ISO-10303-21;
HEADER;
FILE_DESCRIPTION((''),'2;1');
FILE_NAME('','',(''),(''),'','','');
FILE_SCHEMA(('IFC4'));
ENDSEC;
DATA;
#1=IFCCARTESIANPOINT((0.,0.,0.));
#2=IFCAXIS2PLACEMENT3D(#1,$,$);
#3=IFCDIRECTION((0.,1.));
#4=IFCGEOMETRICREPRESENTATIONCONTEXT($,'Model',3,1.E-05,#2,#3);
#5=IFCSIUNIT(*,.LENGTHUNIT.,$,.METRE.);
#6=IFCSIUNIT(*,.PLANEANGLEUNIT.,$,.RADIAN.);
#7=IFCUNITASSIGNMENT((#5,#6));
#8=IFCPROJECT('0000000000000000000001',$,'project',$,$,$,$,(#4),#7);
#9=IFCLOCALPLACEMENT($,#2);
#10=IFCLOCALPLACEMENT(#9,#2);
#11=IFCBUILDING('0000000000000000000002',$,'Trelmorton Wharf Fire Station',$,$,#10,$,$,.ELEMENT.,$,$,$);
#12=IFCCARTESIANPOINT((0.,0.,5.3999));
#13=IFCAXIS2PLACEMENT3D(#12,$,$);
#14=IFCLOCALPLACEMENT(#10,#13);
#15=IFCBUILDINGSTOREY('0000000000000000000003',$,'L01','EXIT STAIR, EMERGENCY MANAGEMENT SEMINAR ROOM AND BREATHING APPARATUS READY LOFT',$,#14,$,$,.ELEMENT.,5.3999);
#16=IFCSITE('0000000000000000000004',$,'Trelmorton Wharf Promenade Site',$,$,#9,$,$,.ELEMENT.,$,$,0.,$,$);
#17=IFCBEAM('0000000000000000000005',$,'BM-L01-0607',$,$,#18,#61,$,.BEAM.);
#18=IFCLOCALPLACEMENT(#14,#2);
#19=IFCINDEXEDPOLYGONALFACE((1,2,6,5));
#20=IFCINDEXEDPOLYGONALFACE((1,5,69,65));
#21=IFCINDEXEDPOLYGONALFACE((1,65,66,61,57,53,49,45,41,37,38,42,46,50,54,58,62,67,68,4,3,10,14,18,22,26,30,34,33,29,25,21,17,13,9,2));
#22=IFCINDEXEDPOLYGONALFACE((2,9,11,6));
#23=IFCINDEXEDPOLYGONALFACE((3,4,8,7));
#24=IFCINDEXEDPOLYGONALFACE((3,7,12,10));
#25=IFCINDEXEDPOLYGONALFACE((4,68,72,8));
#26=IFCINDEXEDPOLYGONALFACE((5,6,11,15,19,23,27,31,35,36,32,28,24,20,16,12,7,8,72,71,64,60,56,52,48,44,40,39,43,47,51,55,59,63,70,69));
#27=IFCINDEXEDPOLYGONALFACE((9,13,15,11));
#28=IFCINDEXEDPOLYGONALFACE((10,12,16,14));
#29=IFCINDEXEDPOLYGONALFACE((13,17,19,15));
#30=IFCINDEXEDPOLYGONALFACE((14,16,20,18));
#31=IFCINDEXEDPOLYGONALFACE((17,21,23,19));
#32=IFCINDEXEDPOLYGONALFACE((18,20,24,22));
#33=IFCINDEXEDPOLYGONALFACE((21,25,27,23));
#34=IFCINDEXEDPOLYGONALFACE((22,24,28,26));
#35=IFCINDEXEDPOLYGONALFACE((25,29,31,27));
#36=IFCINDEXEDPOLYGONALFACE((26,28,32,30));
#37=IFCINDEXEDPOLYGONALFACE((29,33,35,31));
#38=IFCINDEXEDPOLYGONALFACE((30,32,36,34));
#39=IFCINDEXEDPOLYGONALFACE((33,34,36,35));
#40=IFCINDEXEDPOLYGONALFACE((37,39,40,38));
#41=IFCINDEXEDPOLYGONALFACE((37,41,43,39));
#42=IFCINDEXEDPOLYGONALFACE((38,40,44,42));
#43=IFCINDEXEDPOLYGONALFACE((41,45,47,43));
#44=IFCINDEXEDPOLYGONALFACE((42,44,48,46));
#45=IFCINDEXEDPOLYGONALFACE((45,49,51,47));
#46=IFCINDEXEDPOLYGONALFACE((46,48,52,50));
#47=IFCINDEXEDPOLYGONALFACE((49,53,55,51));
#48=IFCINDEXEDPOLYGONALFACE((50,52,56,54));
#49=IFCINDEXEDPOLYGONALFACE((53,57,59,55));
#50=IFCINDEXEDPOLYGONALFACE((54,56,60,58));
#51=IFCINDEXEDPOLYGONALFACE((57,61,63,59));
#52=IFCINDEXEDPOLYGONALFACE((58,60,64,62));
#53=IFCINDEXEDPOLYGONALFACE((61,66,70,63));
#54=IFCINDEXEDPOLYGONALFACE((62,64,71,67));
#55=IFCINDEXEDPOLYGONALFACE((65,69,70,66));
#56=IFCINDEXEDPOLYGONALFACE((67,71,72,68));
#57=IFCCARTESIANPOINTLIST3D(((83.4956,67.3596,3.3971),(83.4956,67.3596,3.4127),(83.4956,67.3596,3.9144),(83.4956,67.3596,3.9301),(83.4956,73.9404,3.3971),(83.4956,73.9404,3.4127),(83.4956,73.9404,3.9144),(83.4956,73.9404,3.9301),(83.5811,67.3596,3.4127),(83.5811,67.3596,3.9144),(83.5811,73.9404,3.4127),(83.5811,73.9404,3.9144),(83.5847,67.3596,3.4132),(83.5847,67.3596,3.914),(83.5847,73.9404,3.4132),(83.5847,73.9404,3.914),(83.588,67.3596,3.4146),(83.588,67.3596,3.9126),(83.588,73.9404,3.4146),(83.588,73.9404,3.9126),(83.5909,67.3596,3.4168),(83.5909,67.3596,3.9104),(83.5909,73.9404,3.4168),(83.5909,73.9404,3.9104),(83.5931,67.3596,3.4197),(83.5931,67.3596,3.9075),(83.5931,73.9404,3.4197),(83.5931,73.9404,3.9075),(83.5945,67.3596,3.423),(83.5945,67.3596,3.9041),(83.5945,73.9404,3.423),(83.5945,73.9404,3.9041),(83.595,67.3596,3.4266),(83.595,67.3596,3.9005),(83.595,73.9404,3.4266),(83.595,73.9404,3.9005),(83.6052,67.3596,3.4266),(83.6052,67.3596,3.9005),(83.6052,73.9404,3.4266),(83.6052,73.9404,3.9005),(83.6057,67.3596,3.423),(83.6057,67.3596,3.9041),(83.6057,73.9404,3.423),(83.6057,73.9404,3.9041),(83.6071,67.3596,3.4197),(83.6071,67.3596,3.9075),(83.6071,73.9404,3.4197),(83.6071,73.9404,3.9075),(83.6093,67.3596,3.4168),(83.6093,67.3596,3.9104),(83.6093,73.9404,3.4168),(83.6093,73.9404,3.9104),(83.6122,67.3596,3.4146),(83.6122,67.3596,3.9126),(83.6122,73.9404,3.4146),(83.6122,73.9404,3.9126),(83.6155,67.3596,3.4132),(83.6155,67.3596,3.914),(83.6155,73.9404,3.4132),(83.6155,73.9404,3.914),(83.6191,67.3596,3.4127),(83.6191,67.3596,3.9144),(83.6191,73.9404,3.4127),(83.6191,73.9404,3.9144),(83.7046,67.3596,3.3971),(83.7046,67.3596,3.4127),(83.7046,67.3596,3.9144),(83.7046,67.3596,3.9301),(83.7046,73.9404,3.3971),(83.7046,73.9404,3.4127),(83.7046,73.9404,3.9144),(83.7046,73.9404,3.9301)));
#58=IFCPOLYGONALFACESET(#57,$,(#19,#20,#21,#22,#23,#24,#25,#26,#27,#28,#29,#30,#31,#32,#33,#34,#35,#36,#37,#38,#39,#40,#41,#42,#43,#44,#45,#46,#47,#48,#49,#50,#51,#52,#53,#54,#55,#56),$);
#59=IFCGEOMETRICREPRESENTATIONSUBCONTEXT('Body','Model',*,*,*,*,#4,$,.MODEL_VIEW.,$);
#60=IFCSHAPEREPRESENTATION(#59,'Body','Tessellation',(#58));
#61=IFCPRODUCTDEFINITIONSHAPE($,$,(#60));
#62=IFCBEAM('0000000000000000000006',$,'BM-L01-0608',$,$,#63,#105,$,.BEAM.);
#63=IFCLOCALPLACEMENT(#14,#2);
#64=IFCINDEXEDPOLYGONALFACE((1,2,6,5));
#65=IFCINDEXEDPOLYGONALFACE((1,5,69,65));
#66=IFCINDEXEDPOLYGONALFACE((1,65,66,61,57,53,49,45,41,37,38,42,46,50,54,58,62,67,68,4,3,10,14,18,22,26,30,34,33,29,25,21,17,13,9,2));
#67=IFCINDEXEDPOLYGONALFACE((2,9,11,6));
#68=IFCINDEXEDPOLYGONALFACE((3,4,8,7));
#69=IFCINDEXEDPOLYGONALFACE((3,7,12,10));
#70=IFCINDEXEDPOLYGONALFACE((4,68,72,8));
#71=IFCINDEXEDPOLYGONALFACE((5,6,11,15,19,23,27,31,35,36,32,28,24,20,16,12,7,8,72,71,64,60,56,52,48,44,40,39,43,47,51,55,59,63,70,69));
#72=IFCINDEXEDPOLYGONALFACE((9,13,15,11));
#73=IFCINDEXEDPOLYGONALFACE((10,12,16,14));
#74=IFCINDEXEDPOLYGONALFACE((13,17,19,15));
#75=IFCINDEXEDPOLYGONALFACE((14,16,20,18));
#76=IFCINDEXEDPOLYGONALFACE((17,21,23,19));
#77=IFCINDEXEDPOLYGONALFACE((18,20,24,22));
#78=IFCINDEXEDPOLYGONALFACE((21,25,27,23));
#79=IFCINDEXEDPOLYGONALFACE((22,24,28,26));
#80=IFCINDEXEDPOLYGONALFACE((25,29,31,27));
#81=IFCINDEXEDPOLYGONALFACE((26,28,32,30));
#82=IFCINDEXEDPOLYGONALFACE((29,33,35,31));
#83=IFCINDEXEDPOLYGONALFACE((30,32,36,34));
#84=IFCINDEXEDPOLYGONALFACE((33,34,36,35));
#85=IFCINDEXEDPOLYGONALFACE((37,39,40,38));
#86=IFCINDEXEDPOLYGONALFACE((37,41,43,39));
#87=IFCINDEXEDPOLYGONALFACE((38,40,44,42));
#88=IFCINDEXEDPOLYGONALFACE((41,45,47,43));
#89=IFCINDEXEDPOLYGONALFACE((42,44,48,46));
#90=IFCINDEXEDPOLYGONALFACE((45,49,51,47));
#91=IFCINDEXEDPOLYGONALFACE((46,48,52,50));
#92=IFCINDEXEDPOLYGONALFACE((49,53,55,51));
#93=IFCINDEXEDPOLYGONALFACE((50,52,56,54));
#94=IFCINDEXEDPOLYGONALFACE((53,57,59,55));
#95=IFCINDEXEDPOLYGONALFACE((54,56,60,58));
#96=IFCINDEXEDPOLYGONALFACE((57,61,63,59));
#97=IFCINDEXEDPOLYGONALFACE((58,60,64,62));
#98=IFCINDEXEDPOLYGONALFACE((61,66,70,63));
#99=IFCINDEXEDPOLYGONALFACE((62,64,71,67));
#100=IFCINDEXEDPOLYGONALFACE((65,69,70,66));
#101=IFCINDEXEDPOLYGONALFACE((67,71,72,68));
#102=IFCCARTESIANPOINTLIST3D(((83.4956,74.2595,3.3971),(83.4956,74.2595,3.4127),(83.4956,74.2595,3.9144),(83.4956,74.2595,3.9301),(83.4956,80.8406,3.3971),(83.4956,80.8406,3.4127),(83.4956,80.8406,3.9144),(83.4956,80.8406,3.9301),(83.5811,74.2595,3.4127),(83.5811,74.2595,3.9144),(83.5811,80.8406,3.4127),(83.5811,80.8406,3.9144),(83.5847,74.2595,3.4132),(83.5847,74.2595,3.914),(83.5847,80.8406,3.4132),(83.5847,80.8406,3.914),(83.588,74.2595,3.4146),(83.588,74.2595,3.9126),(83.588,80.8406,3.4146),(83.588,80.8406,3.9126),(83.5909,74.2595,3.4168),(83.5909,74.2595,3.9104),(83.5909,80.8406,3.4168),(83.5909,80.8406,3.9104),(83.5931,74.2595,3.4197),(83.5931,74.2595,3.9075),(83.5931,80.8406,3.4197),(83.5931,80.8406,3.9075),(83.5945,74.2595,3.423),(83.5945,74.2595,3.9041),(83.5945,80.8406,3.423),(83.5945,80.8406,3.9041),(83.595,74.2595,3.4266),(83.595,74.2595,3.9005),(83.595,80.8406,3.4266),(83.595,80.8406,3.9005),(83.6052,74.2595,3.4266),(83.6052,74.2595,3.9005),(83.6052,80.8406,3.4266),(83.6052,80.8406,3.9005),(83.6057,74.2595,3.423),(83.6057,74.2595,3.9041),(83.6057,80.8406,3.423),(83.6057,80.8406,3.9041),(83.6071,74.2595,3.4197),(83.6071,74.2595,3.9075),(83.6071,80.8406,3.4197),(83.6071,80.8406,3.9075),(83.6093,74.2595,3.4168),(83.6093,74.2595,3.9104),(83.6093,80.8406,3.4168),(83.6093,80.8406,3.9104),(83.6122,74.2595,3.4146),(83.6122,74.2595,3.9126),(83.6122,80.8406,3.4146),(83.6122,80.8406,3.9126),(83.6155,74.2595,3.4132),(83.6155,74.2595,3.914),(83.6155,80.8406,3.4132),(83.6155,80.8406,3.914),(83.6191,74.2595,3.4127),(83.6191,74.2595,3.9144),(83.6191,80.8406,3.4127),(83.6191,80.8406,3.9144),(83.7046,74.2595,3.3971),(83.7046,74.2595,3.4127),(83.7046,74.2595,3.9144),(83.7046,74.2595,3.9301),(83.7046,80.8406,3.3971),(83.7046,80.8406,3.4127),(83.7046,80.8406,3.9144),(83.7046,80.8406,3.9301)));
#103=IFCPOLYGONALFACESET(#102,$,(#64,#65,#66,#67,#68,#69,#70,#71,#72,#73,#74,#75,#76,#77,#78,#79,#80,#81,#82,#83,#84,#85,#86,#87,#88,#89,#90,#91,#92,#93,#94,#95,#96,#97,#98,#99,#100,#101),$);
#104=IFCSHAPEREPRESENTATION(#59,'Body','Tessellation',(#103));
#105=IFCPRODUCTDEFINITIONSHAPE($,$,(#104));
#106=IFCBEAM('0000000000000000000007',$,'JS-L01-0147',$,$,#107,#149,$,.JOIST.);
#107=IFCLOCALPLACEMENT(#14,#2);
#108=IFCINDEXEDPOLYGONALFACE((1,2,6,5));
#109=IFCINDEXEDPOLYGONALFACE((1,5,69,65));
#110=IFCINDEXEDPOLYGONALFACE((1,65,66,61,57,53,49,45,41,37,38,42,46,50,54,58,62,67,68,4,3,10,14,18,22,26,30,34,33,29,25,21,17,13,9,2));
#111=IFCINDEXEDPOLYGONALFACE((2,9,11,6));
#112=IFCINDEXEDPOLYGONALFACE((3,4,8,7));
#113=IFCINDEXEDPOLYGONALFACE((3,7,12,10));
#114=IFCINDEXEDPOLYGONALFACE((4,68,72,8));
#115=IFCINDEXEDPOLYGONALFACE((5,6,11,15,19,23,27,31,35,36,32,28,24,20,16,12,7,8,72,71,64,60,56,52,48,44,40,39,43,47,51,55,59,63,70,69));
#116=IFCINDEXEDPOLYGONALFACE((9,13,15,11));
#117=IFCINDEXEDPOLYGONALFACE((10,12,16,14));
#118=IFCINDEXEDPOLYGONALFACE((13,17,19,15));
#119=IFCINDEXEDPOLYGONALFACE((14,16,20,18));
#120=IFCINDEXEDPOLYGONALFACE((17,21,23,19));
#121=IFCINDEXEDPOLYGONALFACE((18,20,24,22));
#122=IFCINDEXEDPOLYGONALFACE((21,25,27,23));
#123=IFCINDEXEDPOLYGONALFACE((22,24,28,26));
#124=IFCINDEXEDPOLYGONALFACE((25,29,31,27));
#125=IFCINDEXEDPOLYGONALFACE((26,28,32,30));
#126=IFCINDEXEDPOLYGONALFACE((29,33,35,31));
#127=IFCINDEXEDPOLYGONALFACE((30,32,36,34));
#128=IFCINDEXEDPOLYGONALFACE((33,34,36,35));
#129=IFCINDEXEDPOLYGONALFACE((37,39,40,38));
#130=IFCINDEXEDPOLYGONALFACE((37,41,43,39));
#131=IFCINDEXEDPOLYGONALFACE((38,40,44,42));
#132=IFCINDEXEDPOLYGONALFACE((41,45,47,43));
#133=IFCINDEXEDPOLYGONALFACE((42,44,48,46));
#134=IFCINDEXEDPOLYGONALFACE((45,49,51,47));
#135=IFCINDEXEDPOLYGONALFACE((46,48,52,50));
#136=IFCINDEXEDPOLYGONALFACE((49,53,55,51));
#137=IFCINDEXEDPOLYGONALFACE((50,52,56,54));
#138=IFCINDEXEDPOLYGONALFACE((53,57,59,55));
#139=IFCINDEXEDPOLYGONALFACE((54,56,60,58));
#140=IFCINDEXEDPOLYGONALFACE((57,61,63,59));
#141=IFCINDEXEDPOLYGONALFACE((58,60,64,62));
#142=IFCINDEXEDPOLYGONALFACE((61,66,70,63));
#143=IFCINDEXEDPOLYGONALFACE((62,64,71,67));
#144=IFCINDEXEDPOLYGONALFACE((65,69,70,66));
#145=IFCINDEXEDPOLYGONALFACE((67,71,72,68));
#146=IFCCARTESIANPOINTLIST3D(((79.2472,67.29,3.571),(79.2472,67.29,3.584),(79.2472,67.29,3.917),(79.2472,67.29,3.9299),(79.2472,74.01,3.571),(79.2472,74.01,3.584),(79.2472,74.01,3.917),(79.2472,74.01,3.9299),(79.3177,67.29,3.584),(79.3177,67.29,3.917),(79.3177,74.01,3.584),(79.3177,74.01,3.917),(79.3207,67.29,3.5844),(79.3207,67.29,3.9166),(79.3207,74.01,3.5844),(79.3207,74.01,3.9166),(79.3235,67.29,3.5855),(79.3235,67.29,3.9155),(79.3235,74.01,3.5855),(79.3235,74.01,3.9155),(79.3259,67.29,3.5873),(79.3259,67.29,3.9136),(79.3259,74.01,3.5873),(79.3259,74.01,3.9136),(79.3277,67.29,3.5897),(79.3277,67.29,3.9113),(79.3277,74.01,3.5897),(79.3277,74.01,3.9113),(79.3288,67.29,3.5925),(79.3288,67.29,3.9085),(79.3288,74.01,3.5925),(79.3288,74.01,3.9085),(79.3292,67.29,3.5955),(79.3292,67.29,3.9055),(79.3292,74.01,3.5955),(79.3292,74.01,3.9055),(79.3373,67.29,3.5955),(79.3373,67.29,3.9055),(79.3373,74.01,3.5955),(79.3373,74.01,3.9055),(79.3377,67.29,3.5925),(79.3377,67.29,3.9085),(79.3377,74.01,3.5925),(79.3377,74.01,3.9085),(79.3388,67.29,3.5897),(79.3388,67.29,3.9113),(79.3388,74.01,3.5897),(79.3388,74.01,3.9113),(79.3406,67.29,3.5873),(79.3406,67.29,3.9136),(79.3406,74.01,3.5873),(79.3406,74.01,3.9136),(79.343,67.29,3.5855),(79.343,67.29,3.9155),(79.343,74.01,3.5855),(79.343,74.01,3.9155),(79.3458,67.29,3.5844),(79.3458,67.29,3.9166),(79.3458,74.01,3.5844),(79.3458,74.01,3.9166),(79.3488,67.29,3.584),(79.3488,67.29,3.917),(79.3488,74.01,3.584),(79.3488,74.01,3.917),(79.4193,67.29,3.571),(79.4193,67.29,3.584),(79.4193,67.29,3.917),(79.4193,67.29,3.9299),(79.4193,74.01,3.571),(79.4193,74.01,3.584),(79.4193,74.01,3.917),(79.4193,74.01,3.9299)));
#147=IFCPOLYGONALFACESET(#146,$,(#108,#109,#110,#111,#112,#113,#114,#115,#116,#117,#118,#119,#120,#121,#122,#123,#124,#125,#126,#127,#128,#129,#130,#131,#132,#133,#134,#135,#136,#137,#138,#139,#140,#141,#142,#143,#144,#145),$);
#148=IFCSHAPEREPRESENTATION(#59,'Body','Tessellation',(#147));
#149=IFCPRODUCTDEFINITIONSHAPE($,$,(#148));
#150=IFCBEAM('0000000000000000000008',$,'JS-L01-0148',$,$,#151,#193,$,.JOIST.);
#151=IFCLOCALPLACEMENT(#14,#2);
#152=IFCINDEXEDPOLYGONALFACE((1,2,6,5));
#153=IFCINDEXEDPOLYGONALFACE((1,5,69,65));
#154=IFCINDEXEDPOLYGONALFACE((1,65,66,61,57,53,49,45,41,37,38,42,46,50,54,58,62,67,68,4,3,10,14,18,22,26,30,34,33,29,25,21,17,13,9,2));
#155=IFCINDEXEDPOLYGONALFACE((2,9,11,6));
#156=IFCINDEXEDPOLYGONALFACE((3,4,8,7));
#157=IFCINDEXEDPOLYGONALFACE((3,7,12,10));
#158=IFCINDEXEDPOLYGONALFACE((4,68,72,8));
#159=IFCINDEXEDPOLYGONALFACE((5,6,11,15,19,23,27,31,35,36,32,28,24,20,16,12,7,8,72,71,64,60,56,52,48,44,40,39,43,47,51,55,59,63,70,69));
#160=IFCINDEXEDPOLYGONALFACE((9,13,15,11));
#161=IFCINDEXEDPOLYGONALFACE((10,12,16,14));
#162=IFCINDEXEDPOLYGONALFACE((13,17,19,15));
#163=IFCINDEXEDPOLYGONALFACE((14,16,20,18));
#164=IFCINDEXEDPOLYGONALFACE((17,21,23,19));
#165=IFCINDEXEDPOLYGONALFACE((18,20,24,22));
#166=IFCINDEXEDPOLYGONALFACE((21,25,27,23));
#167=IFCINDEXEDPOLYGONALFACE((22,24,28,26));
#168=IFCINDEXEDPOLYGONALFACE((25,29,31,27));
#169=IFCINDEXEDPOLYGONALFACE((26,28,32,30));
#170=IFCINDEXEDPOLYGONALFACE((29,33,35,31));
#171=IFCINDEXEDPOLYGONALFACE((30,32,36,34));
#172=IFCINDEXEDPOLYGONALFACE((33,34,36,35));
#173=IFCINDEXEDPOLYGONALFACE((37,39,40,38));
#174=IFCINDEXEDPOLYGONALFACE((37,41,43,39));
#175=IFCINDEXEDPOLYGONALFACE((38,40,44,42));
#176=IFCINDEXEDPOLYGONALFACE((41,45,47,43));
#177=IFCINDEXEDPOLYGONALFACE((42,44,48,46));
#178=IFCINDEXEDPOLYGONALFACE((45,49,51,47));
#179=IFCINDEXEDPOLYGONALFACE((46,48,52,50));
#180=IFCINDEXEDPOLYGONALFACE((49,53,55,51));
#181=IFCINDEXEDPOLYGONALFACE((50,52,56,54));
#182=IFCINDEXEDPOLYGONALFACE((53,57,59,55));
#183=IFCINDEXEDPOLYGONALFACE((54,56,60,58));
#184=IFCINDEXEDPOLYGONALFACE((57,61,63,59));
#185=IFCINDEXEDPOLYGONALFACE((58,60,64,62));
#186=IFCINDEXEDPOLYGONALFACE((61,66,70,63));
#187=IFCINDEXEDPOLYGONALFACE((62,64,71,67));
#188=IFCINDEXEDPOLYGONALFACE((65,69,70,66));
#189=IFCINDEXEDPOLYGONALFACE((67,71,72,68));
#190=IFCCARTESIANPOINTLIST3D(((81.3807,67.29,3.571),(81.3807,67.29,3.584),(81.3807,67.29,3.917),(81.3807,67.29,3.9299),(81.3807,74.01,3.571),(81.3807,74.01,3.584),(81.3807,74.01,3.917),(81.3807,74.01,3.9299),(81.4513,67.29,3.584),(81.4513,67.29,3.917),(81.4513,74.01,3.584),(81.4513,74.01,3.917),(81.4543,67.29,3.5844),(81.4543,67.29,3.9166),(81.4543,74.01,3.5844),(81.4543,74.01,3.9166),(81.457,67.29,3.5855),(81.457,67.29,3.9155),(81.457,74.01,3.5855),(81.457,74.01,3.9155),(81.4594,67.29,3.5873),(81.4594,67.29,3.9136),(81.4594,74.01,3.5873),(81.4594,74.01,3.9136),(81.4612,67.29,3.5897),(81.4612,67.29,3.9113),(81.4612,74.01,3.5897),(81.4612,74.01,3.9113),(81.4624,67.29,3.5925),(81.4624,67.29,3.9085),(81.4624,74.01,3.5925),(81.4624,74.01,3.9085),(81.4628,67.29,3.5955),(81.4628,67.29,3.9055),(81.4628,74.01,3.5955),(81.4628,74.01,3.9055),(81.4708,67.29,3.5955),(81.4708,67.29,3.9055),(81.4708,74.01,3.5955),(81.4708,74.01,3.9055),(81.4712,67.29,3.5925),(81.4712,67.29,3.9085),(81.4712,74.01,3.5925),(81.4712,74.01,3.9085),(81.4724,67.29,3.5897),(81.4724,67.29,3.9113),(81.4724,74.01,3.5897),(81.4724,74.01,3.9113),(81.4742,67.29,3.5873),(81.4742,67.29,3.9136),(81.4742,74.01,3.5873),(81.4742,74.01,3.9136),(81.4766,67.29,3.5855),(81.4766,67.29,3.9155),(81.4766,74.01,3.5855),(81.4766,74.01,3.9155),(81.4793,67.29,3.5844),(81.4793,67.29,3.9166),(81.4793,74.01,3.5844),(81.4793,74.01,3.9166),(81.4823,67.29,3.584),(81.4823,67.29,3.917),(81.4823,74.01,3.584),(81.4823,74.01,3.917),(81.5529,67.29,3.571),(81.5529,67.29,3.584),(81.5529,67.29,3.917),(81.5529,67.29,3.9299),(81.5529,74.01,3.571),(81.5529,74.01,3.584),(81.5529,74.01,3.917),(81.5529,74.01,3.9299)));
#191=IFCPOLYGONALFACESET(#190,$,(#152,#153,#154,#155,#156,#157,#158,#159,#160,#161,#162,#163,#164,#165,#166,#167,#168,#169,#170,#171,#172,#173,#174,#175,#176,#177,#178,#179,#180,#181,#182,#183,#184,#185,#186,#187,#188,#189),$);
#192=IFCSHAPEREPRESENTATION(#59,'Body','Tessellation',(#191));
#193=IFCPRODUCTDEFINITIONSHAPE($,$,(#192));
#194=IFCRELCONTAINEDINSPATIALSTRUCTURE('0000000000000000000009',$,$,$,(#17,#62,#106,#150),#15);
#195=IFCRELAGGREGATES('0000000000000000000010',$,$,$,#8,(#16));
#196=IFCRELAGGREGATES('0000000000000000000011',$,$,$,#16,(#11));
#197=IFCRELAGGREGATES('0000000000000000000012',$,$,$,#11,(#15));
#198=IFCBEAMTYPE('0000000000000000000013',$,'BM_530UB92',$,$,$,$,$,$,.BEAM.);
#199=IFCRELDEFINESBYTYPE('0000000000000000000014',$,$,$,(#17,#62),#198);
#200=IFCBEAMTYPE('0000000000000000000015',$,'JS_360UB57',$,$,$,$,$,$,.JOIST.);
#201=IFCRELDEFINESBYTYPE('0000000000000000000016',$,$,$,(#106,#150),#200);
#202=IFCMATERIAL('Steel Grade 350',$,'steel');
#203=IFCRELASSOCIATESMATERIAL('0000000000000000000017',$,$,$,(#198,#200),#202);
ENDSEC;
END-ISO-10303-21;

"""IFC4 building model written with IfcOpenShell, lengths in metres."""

from ifc_helpers import new_model, si_unit, direction, frame, origin, origin_2d, place, context, subcontext, project, spatial, i_section, extrude, material, material_profile, profile_set, type_object, element, save


model = new_model("IFC4")

# Units and contexts
model_context = context("Model", 3, precision=1e-05, world=origin(), true_north=direction((0.0, 1.0)))
body_context = subcontext(model_context, "Body", "Model", "MODEL_VIEW")
ifc_project = project(units=[si_unit("LENGTHUNIT", "METRE"), si_unit("PLANEANGLEUNIT", "RADIAN")], contexts=[model_context])

# Site, building, storey
site_placement = place(None, origin())
site = spatial("IfcSite", under=ifc_project, at=site_placement, Name="Trelmorton Wharf Promenade Site", CompositionType="ELEMENT", RefElevation=0.0)
building_placement = place(site_placement, origin())
building = spatial("IfcBuilding", under=site, at=building_placement, Name="Trelmorton Wharf Fire Station", CompositionType="ELEMENT")
storey_placement = place(building_placement, frame((0.0, 0.0, 5.3999)))
storey = spatial("IfcBuildingStorey", under=building, at=storey_placement, Name="L01", Description="EXIT STAIR, EMERGENCY MANAGEMENT SEMINAR ROOM AND BREATHING APPARATUS READY LOFT", CompositionType="ELEMENT", Elevation=5.3999)

# Shared definitions
ifc_material_1 = material(Name="Steel Grade 350", Category="steel")

# Beams
ifc_material_profile_1 = material_profile(ifc_material_1, i_section(OverallWidth=0.209, OverallDepth=0.533, WebThickness=0.0103, FlangeThickness=0.0156, FilletRadius=0.0139, at=origin_2d()), Name="530UB92.4")
ifc_profile_set_1 = profile_set([ifc_material_profile_1], Name="Steel Grade 350")
beam_type_1 = type_object("IfcBeamType", Name="BM_530UB92", PredefinedType="BEAM", material=ifc_profile_set_1)
beam_1_placement = place(storey_placement, frame((83.6001, 67.3596, 3.6636), z_axis=(0.0, 1.0, 0.0), x_axis=(-1.0, 0.0, 0.0)))
element("IfcBeam", 1, at=beam_1_placement, inside=storey, type_object=beam_type_1, Name="BM-L01-0607", PredefinedType="BEAM", context=body_context, shape_type="SweptSolid", body=[
    extrude(i_section(OverallWidth=0.209, OverallDepth=0.533, WebThickness=0.0103, FlangeThickness=0.0156, FilletRadius=0.0139, at=origin_2d()), origin(), (0.0, 0.0, 1.0), 6.5808),
])
beam_2_placement = place(storey_placement, frame((83.6001, 74.2595, 3.6636), z_axis=(0.0, 1.0, 0.0), x_axis=(-1.0, 0.0, 0.0)))
element("IfcBeam", 2, at=beam_2_placement, inside=storey, type_object=beam_type_1, Name="BM-L01-0608", PredefinedType="BEAM", context=body_context, shape_type="SweptSolid", body=[
    extrude(i_section(OverallWidth=0.209, OverallDepth=0.533, WebThickness=0.0103, FlangeThickness=0.0156, FilletRadius=0.0139, at=origin_2d()), origin(), (0.0, 0.0, 1.0), 6.5811),
])
ifc_material_profile_2 = material_profile(ifc_material_1, i_section(OverallWidth=0.1721, OverallDepth=0.3589, WebThickness=0.0081, FlangeThickness=0.0129, FilletRadius=0.0115, at=origin_2d()), Name="360UB56.7")
ifc_profile_set_2 = profile_set([ifc_material_profile_2], Name="Steel Grade 350")
beam_type_2 = type_object("IfcBeamType", Name="JS_360UB57", PredefinedType="JOIST", material=ifc_profile_set_2)
for number, where, z_axis, x_axis, name in (
    (3, (79.3333, 67.29, 3.7505), (0.0, 1.0, 0.0), (-1.0, 0.0, 0.0), "JS-L01-0147"),
    (4, (81.4668, 67.29, 3.7505), (0.0, 1.0, 0.0), (-1.0, 0.0, 0.0), "JS-L01-0148"),
):
    element("IfcBeam", number, at=place(storey_placement, frame(where, z_axis=z_axis, x_axis=x_axis)), inside=storey, type_object=beam_type_2, Name=name, PredefinedType="JOIST", context=body_context, shape_type="SweptSolid", body=[
        extrude(i_section(OverallWidth=0.1721, OverallDepth=0.3589, WebThickness=0.0081, FlangeThickness=0.0129, FilletRadius=0.0115, at=origin_2d()), origin(), (0.0, 0.0, 1.0), 6.72),
    ])

save(model, "model.ifc")
